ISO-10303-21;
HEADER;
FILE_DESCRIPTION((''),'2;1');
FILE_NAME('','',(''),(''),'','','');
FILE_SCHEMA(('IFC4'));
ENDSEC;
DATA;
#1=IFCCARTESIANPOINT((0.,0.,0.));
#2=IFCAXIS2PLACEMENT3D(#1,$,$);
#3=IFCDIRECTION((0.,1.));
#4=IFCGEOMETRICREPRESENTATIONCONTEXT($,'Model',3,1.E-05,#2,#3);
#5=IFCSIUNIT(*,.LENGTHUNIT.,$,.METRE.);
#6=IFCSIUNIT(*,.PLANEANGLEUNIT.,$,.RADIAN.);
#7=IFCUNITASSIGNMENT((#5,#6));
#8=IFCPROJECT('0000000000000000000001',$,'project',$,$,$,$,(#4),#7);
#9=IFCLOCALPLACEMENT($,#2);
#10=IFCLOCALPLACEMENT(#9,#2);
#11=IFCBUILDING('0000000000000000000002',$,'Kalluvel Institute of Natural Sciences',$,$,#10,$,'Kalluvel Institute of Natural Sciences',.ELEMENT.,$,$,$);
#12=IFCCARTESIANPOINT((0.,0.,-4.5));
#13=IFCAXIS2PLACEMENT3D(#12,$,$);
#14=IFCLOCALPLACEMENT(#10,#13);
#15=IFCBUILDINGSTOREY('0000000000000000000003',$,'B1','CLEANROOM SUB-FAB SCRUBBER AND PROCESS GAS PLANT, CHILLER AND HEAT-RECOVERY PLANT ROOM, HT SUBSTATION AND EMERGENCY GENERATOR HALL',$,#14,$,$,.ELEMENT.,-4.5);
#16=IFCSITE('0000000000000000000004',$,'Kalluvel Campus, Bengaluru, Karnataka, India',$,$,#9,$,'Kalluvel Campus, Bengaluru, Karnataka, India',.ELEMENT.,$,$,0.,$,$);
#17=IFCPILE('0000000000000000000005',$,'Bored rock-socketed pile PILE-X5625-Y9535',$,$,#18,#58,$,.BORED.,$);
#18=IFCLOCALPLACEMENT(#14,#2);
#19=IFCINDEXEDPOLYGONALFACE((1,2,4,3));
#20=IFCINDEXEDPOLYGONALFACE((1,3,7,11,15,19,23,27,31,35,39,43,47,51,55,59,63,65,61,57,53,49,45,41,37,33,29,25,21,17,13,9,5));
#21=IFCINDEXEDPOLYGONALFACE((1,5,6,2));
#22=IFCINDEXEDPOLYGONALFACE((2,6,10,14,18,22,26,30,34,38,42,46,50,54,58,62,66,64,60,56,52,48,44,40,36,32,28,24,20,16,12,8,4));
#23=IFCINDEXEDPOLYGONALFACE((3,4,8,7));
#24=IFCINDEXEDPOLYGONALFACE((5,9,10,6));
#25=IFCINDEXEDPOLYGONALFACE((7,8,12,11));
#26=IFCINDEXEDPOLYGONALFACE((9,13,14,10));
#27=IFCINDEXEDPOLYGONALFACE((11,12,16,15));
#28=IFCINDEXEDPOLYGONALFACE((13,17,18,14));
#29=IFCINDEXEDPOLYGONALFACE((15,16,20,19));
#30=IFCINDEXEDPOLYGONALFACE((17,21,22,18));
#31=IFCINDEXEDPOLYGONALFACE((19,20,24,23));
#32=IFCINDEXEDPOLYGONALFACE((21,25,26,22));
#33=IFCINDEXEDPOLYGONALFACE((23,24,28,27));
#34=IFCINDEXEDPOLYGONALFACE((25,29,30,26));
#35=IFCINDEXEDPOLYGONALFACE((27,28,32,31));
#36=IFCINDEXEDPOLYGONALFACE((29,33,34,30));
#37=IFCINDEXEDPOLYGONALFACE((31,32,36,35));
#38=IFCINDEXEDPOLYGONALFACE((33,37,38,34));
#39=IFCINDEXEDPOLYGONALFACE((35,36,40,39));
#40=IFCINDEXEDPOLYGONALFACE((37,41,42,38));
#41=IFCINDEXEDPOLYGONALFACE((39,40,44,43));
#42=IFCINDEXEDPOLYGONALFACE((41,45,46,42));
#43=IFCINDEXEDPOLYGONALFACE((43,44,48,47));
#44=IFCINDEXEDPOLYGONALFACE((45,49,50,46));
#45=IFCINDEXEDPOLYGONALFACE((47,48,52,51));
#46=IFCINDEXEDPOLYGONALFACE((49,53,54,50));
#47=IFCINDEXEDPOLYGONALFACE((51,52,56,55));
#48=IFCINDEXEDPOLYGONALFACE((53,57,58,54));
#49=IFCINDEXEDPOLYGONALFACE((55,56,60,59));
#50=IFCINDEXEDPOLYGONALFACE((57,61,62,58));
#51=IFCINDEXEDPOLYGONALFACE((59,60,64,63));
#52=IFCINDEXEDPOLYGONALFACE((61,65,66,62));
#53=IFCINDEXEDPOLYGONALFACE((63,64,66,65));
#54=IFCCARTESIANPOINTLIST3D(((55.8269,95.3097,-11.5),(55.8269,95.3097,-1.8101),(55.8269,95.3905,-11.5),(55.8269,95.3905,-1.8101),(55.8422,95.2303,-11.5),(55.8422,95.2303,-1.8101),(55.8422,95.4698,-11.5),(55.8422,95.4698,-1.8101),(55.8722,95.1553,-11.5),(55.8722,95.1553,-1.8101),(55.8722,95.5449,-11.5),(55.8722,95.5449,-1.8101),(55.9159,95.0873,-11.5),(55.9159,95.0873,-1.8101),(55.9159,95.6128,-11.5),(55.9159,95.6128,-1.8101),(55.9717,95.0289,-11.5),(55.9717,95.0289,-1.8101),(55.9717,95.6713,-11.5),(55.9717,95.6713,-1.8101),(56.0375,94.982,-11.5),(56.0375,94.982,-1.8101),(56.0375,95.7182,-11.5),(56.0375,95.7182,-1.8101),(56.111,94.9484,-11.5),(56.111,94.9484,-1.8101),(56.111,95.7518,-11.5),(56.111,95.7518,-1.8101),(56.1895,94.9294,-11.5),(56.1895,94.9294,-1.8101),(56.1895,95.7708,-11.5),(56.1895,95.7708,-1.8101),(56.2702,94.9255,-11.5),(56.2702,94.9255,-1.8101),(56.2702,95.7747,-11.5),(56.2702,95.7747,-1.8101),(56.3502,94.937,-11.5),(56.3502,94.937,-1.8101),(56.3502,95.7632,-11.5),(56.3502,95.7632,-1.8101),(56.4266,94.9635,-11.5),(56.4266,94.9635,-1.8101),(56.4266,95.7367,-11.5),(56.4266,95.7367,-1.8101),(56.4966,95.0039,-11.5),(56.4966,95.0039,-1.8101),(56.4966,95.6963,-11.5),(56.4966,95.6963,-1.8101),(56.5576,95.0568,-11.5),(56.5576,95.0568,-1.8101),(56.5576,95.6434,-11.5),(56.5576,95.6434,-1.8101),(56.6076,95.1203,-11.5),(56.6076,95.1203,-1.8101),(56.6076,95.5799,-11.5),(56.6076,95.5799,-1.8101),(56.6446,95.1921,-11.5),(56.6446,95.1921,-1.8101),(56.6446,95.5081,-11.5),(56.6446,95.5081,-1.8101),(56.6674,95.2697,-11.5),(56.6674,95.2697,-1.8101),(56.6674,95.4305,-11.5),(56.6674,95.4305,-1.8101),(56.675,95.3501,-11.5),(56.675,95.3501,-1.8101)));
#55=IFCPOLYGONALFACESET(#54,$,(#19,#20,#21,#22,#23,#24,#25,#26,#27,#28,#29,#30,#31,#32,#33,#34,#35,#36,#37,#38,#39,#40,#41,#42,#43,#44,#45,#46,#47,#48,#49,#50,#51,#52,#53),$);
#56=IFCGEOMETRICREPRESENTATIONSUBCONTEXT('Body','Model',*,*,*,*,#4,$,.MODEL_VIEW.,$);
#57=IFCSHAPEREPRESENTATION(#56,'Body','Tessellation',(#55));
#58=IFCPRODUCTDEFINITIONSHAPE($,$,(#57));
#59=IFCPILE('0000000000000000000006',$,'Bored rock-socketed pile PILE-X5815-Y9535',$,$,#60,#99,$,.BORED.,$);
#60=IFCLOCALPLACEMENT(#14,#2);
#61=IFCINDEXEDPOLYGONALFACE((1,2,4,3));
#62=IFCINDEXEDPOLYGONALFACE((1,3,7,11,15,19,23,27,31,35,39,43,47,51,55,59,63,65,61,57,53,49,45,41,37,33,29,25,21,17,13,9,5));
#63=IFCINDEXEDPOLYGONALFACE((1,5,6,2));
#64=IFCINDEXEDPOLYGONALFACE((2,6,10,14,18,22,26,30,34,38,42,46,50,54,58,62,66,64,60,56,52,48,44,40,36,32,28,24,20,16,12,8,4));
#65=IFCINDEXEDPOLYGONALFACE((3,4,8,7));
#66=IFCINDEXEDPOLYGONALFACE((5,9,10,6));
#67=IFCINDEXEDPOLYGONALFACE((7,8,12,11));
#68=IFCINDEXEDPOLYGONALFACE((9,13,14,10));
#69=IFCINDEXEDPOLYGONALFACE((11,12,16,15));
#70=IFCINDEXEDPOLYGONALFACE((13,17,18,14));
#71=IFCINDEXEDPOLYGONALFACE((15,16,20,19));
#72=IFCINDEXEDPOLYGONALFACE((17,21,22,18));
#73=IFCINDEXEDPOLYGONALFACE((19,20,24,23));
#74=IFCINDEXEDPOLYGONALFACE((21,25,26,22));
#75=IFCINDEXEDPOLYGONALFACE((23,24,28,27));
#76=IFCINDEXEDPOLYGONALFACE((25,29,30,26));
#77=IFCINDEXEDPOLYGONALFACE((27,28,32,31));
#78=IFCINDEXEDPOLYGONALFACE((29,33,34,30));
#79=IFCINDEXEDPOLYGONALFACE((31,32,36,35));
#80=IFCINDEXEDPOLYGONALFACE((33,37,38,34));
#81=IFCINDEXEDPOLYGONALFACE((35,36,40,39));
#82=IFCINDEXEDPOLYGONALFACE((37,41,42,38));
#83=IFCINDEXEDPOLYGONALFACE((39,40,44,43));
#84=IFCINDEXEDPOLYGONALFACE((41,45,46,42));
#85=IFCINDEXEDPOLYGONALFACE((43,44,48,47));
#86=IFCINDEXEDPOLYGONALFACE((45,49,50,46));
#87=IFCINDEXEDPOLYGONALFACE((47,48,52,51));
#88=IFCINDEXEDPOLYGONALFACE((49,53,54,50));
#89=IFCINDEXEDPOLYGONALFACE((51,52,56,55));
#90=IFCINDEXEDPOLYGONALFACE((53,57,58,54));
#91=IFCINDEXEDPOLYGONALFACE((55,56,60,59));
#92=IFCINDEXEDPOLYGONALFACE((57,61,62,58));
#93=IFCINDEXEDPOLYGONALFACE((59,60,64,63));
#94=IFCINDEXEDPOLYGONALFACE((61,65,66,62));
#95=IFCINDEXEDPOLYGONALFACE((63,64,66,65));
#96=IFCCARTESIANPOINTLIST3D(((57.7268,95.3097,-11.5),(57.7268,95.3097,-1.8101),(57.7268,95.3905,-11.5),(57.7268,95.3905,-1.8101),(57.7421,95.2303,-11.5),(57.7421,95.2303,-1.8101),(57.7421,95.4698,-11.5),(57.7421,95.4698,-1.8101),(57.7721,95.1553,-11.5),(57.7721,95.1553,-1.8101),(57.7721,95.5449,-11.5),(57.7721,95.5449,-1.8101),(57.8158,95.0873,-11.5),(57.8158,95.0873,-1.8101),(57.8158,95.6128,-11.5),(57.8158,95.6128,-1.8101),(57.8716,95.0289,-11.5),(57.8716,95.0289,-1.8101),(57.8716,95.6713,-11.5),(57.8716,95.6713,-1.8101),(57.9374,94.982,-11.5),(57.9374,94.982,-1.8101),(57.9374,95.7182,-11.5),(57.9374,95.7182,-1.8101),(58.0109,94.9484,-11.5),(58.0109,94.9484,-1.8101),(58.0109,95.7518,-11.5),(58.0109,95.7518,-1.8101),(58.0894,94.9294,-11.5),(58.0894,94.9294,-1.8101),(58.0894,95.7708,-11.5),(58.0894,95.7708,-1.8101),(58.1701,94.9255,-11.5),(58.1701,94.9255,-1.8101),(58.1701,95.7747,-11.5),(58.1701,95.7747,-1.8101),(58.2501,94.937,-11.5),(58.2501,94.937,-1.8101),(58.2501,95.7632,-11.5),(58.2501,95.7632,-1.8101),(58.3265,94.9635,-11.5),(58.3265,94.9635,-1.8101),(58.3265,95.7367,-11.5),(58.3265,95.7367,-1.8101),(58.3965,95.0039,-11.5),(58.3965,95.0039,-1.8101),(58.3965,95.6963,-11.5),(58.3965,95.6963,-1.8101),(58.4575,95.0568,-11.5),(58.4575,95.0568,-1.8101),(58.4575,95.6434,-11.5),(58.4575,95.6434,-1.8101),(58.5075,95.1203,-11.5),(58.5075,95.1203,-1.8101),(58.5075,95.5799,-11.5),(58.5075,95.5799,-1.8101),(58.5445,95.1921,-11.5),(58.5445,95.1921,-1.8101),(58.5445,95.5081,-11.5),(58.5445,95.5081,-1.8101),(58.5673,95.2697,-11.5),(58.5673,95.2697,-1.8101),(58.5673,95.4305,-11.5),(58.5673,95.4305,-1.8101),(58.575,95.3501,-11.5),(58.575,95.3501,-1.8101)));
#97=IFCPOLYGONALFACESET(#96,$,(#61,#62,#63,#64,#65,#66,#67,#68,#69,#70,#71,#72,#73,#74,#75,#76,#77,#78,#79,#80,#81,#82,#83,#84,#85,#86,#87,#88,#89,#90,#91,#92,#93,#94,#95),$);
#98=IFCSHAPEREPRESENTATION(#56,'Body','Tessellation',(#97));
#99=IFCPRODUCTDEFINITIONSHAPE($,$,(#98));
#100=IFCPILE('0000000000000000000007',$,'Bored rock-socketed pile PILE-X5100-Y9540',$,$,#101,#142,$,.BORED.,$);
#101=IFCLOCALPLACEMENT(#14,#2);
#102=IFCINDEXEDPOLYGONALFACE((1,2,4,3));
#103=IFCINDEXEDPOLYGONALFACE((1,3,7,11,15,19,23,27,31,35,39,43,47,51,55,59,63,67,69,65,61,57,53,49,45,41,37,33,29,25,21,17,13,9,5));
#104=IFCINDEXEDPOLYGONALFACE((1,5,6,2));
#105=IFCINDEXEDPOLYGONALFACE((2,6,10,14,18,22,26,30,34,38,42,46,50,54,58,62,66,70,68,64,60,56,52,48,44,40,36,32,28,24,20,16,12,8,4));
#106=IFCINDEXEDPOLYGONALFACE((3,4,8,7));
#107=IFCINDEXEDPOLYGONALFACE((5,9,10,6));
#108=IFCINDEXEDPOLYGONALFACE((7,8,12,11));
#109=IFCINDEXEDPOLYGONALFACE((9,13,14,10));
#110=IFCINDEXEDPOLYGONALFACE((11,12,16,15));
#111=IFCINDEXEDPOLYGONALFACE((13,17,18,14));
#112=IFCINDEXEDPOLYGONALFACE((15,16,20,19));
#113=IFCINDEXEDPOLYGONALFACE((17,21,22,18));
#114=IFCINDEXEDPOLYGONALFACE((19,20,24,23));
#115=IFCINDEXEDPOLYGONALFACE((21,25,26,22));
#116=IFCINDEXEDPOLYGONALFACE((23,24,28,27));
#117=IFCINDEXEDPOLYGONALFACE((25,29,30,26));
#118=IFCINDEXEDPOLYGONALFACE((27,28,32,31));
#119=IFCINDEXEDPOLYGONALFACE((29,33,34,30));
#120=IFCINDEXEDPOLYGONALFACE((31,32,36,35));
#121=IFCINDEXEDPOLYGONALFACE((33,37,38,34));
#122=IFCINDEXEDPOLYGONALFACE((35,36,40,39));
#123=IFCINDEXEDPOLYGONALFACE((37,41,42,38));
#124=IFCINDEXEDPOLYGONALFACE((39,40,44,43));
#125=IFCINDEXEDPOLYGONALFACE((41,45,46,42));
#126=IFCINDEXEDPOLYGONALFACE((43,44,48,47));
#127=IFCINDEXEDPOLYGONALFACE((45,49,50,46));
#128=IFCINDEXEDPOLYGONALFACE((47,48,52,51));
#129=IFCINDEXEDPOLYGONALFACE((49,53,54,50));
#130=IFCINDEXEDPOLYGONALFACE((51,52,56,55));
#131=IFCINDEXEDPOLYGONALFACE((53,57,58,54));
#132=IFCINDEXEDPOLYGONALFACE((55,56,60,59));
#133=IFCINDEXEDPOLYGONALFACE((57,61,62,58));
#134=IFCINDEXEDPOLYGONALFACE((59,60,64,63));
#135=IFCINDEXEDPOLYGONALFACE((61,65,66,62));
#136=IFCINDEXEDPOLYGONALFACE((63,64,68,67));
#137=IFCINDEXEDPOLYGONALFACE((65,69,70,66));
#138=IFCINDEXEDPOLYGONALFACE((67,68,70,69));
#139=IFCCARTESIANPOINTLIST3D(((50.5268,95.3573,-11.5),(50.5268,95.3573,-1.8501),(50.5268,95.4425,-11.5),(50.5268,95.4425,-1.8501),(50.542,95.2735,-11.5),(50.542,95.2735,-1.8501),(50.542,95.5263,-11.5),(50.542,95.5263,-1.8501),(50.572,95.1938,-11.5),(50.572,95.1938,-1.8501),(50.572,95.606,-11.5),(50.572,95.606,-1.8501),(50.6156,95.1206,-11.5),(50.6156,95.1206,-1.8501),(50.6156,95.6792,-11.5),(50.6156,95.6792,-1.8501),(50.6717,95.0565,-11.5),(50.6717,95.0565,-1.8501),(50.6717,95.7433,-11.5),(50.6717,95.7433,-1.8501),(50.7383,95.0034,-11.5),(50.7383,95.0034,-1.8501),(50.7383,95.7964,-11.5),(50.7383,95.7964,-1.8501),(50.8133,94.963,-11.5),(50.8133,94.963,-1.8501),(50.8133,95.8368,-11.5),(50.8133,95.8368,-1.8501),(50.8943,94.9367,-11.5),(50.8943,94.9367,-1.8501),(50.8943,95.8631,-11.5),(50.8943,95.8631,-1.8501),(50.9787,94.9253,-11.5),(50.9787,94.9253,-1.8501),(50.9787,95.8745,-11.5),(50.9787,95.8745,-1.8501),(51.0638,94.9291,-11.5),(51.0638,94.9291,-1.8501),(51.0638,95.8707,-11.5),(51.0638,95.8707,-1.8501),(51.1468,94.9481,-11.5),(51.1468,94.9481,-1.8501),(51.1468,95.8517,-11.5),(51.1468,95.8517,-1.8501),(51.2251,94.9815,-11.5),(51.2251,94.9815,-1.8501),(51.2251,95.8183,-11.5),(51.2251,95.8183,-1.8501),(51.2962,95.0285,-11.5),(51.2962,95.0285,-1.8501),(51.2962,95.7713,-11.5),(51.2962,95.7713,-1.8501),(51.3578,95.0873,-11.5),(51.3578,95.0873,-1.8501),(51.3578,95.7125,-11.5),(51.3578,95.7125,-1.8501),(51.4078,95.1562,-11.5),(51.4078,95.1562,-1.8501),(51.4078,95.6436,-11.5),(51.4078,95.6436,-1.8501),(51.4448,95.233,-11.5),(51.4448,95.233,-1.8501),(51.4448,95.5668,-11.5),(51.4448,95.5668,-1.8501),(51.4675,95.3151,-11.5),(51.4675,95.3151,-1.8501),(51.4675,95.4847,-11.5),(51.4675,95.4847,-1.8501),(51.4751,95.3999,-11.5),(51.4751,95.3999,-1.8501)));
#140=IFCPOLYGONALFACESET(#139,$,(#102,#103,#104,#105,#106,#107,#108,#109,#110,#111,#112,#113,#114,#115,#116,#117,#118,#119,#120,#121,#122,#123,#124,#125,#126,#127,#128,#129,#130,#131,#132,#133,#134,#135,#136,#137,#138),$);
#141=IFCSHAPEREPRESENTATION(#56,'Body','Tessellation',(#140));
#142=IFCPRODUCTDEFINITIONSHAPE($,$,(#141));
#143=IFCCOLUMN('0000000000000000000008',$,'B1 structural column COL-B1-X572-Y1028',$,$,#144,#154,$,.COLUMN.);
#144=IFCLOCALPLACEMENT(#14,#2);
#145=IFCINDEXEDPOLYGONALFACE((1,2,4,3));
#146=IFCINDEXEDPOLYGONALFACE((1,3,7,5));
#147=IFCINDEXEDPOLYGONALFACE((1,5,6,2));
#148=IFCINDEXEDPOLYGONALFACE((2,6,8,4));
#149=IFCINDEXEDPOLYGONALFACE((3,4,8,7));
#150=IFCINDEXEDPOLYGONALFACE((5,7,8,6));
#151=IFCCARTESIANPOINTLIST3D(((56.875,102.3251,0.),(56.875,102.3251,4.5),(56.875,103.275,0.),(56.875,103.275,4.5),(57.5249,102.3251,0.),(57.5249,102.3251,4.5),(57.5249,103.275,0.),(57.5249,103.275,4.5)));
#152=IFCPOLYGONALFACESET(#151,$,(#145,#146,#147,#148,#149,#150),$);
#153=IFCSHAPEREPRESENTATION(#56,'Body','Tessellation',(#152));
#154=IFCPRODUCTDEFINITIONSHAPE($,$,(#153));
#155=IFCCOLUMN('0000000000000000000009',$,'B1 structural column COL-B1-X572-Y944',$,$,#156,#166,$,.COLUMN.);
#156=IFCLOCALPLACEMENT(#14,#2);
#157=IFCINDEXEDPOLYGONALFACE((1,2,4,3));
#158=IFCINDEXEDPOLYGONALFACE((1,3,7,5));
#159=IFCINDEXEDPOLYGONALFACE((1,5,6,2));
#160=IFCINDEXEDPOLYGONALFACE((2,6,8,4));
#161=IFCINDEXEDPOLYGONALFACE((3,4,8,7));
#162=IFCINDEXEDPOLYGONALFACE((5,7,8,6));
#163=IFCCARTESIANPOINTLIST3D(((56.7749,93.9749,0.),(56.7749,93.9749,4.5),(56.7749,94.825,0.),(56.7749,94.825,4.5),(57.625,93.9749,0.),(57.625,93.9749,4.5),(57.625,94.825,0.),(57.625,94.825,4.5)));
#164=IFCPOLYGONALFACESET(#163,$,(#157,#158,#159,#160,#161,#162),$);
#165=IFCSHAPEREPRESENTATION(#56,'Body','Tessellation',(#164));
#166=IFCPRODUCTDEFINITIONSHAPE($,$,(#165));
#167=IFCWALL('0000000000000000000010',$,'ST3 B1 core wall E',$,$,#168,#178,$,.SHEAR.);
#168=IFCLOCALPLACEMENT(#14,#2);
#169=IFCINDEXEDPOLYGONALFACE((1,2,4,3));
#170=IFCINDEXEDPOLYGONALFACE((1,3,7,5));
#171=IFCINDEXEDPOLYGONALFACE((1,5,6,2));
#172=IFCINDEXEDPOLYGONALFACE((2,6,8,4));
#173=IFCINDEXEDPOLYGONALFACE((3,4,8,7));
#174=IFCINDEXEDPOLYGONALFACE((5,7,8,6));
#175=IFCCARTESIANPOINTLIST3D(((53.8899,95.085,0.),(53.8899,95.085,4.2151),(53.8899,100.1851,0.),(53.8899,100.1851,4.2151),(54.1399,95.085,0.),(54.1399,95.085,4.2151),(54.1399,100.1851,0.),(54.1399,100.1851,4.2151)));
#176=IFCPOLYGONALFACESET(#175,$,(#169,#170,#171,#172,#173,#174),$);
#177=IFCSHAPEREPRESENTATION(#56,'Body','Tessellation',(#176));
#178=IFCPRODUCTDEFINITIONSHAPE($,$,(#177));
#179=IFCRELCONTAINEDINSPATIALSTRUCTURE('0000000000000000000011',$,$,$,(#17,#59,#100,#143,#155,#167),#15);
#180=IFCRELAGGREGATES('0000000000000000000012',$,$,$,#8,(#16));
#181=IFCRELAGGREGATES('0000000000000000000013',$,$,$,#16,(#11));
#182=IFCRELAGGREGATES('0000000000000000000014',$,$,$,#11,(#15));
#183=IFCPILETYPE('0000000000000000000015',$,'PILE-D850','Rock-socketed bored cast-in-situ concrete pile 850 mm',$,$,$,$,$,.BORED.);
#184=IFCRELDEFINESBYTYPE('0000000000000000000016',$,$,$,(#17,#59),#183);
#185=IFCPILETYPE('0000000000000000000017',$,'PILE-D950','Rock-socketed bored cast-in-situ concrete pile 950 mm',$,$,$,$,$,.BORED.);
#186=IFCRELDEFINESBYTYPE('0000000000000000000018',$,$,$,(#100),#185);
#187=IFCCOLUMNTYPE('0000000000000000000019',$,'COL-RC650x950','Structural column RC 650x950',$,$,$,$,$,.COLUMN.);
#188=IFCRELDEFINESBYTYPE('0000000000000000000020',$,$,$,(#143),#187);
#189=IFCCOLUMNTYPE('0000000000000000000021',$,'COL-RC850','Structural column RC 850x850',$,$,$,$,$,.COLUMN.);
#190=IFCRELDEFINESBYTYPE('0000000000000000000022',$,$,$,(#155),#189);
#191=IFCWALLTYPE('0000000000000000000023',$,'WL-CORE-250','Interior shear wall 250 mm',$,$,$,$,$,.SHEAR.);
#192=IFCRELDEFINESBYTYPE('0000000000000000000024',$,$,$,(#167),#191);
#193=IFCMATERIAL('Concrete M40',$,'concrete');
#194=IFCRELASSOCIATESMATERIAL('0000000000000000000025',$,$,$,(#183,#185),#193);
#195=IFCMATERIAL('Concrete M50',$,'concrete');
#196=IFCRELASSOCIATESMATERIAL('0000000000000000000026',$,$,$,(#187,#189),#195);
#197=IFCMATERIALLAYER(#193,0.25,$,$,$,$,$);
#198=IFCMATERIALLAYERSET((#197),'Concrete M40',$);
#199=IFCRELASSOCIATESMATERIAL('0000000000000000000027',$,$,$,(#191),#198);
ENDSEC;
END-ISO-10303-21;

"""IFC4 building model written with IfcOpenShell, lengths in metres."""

from ifc_helpers import new_model, si_unit, direction, frame, frame_2d, origin, origin_2d, place, context, subcontext, project, spatial, rectangle, circle, extrude, material, layer, layer_set, material_profile, profile_set, type_object, element, save


model = new_model("IFC4")

# Units and contexts
model_context = context("Model", 3, precision=1e-05, world=origin(), true_north=direction((0.0, 1.0)))
body_context = subcontext(model_context, "Body", "Model", "MODEL_VIEW")
ifc_project = project(units=[si_unit("LENGTHUNIT", "METRE"), si_unit("PLANEANGLEUNIT", "RADIAN")], contexts=[model_context])

# Site, building, storey
site_placement = place(None, origin())
site = spatial("IfcSite", under=ifc_project, at=site_placement, Name="Kalluvel Campus, Bengaluru, Karnataka, India", LongName="Kalluvel Campus, Bengaluru, Karnataka, India", CompositionType="ELEMENT", RefElevation=0.0)
building_placement = place(site_placement, origin())
building = spatial("IfcBuilding", under=site, at=building_placement, Name="Kalluvel Institute of Natural Sciences", LongName="Kalluvel Institute of Natural Sciences", CompositionType="ELEMENT")
storey_placement = place(building_placement, frame((0.0, 0.0, -4.5)))
storey = spatial("IfcBuildingStorey", under=building, at=storey_placement, Name="B1", Description="CLEANROOM SUB-FAB SCRUBBER AND PROCESS GAS PLANT, CHILLER AND HEAT-RECOVERY PLANT ROOM, HT SUBSTATION AND EMERGENCY GENERATOR HALL", CompositionType="ELEMENT", Elevation=-4.5)

# Shared definitions
ifc_material_1 = material(Name="Concrete M40", Category="concrete")

# Piles
ifc_material_profile_1 = material_profile(ifc_material_1, circle(Radius=0.425, at=origin_2d()), Name="PILE D850")
ifc_profile_set_1 = profile_set([ifc_material_profile_1], Name="Concrete M40")
pile_type_1 = type_object("IfcPileType", Name="PILE-D850", Description="Rock-socketed bored cast-in-situ concrete pile 850 mm", PredefinedType="BORED", material=ifc_profile_set_1)
for number, where, z_axis, x_axis, name in (
    (1, (56.25, 95.3501, -1.8101), (0.0, 0.0, -1.0), (1.0, 0.0, 0.0), "Bored rock-socketed pile PILE-X5625-Y9535"),
    (2, (58.1499, 95.3501, -1.8101), (0.0, 0.0, -1.0), (1.0, 0.0, 0.0), "Bored rock-socketed pile PILE-X5815-Y9535"),
):
    element("IfcPile", number, at=place(storey_placement, frame(where, z_axis=z_axis, x_axis=x_axis)), inside=storey, type_object=pile_type_1, Name=name, PredefinedType="BORED", context=body_context, shape_type="SweptSolid", body=[
        extrude(circle(Radius=0.425, at=origin_2d()), origin(), (0.0, 0.0, 1.0), 9.6899),
    ])
ifc_material_profile_2 = material_profile(ifc_material_1, circle(Radius=0.4751, at=origin_2d()), Name="PILE D950")
ifc_profile_set_2 = profile_set([ifc_material_profile_2], Name="Concrete M40")
pile_type_2 = type_object("IfcPileType", Name="PILE-D950", Description="Rock-socketed bored cast-in-situ concrete pile 950 mm", PredefinedType="BORED", material=ifc_profile_set_2)
pile_1_placement = place(storey_placement, frame((51.0, 95.3999, -1.8501), z_axis=(0.0, 0.0, -1.0), x_axis=(1.0, 0.0, 0.0)))
element("IfcPile", 3, at=pile_1_placement, inside=storey, type_object=pile_type_2, Name="Bored rock-socketed pile PILE-X5100-Y9540", PredefinedType="BORED", context=body_context, shape_type="SweptSolid", body=[
    extrude(circle(Radius=0.4751, at=origin_2d()), origin(), (0.0, 0.0, 1.0), 9.6499),
])

# Columns
ifc_material_2 = material(Name="Concrete M50", Category="concrete")
ifc_material_profile_3 = material_profile(ifc_material_2, rectangle(XDim=0.6499, YDim=0.95, at=origin_2d()), Name="RC 650x950")
ifc_profile_set_3 = profile_set([ifc_material_profile_3], Name="Concrete M50")
column_type_1 = type_object("IfcColumnType", Name="COL-RC650x950", Description="Structural column RC 650x950", PredefinedType="COLUMN", material=ifc_profile_set_3)
column_1_placement = place(storey_placement, frame((57.2, 102.8, 0.0), z_axis=(0.0, 0.0, 1.0), x_axis=(1.0, 0.0, 0.0)))
element("IfcColumn", 4, at=column_1_placement, inside=storey, type_object=column_type_1, Name="B1 structural column COL-B1-X572-Y1028", PredefinedType="COLUMN", context=body_context, shape_type="SweptSolid", body=[
    extrude(rectangle(XDim=0.6499, YDim=0.95, at=origin_2d()), origin(), (0.0, 0.0, 1.0), 4.5),
])
ifc_material_profile_4 = material_profile(ifc_material_2, rectangle(XDim=0.8501, YDim=0.8501, at=origin_2d()), Name="RC 850x850")
ifc_profile_set_4 = profile_set([ifc_material_profile_4], Name="Concrete M50")
column_type_2 = type_object("IfcColumnType", Name="COL-RC850", Description="Structural column RC 850x850", PredefinedType="COLUMN", material=ifc_profile_set_4)
column_2_placement = place(storey_placement, frame((57.2, 94.3999, 0.0), z_axis=(0.0, 0.0, 1.0), x_axis=(1.0, 0.0, 0.0)))
element("IfcColumn", 5, at=column_2_placement, inside=storey, type_object=column_type_2, Name="B1 structural column COL-B1-X572-Y944", PredefinedType="COLUMN", context=body_context, shape_type="SweptSolid", body=[
    extrude(rectangle(XDim=0.8501, YDim=0.8501, at=origin_2d()), origin(), (0.0, 0.0, 1.0), 4.5),
])

# Wall
ifc_layer_1 = layer(ifc_material_1, 0.25)
ifc_layer_set_1 = layer_set([ifc_layer_1], Name="Concrete M40")
wall_type_1 = type_object("IfcWallType", Name="WL-CORE-250", Description="Interior shear wall 250 mm", PredefinedType="SHEAR", material=ifc_layer_set_1)
wall_1_placement = place(storey_placement, frame((54.0149, 95.085, 0.0), z_axis=(0.0, 0.0, 1.0), x_axis=(0.0, 1.0, 0.0)))
element("IfcWall", 6, at=wall_1_placement, inside=storey, type_object=wall_type_1, Name="ST3 B1 core wall E", PredefinedType="SHEAR", context=body_context, shape_type="SweptSolid", body=[
    extrude(rectangle(XDim=5.1001, YDim=0.25, at=frame_2d((2.55, 0.0))), origin(), (0.0, 0.0, 1.0), 4.2151),
])

save(model, "model.ifc")
